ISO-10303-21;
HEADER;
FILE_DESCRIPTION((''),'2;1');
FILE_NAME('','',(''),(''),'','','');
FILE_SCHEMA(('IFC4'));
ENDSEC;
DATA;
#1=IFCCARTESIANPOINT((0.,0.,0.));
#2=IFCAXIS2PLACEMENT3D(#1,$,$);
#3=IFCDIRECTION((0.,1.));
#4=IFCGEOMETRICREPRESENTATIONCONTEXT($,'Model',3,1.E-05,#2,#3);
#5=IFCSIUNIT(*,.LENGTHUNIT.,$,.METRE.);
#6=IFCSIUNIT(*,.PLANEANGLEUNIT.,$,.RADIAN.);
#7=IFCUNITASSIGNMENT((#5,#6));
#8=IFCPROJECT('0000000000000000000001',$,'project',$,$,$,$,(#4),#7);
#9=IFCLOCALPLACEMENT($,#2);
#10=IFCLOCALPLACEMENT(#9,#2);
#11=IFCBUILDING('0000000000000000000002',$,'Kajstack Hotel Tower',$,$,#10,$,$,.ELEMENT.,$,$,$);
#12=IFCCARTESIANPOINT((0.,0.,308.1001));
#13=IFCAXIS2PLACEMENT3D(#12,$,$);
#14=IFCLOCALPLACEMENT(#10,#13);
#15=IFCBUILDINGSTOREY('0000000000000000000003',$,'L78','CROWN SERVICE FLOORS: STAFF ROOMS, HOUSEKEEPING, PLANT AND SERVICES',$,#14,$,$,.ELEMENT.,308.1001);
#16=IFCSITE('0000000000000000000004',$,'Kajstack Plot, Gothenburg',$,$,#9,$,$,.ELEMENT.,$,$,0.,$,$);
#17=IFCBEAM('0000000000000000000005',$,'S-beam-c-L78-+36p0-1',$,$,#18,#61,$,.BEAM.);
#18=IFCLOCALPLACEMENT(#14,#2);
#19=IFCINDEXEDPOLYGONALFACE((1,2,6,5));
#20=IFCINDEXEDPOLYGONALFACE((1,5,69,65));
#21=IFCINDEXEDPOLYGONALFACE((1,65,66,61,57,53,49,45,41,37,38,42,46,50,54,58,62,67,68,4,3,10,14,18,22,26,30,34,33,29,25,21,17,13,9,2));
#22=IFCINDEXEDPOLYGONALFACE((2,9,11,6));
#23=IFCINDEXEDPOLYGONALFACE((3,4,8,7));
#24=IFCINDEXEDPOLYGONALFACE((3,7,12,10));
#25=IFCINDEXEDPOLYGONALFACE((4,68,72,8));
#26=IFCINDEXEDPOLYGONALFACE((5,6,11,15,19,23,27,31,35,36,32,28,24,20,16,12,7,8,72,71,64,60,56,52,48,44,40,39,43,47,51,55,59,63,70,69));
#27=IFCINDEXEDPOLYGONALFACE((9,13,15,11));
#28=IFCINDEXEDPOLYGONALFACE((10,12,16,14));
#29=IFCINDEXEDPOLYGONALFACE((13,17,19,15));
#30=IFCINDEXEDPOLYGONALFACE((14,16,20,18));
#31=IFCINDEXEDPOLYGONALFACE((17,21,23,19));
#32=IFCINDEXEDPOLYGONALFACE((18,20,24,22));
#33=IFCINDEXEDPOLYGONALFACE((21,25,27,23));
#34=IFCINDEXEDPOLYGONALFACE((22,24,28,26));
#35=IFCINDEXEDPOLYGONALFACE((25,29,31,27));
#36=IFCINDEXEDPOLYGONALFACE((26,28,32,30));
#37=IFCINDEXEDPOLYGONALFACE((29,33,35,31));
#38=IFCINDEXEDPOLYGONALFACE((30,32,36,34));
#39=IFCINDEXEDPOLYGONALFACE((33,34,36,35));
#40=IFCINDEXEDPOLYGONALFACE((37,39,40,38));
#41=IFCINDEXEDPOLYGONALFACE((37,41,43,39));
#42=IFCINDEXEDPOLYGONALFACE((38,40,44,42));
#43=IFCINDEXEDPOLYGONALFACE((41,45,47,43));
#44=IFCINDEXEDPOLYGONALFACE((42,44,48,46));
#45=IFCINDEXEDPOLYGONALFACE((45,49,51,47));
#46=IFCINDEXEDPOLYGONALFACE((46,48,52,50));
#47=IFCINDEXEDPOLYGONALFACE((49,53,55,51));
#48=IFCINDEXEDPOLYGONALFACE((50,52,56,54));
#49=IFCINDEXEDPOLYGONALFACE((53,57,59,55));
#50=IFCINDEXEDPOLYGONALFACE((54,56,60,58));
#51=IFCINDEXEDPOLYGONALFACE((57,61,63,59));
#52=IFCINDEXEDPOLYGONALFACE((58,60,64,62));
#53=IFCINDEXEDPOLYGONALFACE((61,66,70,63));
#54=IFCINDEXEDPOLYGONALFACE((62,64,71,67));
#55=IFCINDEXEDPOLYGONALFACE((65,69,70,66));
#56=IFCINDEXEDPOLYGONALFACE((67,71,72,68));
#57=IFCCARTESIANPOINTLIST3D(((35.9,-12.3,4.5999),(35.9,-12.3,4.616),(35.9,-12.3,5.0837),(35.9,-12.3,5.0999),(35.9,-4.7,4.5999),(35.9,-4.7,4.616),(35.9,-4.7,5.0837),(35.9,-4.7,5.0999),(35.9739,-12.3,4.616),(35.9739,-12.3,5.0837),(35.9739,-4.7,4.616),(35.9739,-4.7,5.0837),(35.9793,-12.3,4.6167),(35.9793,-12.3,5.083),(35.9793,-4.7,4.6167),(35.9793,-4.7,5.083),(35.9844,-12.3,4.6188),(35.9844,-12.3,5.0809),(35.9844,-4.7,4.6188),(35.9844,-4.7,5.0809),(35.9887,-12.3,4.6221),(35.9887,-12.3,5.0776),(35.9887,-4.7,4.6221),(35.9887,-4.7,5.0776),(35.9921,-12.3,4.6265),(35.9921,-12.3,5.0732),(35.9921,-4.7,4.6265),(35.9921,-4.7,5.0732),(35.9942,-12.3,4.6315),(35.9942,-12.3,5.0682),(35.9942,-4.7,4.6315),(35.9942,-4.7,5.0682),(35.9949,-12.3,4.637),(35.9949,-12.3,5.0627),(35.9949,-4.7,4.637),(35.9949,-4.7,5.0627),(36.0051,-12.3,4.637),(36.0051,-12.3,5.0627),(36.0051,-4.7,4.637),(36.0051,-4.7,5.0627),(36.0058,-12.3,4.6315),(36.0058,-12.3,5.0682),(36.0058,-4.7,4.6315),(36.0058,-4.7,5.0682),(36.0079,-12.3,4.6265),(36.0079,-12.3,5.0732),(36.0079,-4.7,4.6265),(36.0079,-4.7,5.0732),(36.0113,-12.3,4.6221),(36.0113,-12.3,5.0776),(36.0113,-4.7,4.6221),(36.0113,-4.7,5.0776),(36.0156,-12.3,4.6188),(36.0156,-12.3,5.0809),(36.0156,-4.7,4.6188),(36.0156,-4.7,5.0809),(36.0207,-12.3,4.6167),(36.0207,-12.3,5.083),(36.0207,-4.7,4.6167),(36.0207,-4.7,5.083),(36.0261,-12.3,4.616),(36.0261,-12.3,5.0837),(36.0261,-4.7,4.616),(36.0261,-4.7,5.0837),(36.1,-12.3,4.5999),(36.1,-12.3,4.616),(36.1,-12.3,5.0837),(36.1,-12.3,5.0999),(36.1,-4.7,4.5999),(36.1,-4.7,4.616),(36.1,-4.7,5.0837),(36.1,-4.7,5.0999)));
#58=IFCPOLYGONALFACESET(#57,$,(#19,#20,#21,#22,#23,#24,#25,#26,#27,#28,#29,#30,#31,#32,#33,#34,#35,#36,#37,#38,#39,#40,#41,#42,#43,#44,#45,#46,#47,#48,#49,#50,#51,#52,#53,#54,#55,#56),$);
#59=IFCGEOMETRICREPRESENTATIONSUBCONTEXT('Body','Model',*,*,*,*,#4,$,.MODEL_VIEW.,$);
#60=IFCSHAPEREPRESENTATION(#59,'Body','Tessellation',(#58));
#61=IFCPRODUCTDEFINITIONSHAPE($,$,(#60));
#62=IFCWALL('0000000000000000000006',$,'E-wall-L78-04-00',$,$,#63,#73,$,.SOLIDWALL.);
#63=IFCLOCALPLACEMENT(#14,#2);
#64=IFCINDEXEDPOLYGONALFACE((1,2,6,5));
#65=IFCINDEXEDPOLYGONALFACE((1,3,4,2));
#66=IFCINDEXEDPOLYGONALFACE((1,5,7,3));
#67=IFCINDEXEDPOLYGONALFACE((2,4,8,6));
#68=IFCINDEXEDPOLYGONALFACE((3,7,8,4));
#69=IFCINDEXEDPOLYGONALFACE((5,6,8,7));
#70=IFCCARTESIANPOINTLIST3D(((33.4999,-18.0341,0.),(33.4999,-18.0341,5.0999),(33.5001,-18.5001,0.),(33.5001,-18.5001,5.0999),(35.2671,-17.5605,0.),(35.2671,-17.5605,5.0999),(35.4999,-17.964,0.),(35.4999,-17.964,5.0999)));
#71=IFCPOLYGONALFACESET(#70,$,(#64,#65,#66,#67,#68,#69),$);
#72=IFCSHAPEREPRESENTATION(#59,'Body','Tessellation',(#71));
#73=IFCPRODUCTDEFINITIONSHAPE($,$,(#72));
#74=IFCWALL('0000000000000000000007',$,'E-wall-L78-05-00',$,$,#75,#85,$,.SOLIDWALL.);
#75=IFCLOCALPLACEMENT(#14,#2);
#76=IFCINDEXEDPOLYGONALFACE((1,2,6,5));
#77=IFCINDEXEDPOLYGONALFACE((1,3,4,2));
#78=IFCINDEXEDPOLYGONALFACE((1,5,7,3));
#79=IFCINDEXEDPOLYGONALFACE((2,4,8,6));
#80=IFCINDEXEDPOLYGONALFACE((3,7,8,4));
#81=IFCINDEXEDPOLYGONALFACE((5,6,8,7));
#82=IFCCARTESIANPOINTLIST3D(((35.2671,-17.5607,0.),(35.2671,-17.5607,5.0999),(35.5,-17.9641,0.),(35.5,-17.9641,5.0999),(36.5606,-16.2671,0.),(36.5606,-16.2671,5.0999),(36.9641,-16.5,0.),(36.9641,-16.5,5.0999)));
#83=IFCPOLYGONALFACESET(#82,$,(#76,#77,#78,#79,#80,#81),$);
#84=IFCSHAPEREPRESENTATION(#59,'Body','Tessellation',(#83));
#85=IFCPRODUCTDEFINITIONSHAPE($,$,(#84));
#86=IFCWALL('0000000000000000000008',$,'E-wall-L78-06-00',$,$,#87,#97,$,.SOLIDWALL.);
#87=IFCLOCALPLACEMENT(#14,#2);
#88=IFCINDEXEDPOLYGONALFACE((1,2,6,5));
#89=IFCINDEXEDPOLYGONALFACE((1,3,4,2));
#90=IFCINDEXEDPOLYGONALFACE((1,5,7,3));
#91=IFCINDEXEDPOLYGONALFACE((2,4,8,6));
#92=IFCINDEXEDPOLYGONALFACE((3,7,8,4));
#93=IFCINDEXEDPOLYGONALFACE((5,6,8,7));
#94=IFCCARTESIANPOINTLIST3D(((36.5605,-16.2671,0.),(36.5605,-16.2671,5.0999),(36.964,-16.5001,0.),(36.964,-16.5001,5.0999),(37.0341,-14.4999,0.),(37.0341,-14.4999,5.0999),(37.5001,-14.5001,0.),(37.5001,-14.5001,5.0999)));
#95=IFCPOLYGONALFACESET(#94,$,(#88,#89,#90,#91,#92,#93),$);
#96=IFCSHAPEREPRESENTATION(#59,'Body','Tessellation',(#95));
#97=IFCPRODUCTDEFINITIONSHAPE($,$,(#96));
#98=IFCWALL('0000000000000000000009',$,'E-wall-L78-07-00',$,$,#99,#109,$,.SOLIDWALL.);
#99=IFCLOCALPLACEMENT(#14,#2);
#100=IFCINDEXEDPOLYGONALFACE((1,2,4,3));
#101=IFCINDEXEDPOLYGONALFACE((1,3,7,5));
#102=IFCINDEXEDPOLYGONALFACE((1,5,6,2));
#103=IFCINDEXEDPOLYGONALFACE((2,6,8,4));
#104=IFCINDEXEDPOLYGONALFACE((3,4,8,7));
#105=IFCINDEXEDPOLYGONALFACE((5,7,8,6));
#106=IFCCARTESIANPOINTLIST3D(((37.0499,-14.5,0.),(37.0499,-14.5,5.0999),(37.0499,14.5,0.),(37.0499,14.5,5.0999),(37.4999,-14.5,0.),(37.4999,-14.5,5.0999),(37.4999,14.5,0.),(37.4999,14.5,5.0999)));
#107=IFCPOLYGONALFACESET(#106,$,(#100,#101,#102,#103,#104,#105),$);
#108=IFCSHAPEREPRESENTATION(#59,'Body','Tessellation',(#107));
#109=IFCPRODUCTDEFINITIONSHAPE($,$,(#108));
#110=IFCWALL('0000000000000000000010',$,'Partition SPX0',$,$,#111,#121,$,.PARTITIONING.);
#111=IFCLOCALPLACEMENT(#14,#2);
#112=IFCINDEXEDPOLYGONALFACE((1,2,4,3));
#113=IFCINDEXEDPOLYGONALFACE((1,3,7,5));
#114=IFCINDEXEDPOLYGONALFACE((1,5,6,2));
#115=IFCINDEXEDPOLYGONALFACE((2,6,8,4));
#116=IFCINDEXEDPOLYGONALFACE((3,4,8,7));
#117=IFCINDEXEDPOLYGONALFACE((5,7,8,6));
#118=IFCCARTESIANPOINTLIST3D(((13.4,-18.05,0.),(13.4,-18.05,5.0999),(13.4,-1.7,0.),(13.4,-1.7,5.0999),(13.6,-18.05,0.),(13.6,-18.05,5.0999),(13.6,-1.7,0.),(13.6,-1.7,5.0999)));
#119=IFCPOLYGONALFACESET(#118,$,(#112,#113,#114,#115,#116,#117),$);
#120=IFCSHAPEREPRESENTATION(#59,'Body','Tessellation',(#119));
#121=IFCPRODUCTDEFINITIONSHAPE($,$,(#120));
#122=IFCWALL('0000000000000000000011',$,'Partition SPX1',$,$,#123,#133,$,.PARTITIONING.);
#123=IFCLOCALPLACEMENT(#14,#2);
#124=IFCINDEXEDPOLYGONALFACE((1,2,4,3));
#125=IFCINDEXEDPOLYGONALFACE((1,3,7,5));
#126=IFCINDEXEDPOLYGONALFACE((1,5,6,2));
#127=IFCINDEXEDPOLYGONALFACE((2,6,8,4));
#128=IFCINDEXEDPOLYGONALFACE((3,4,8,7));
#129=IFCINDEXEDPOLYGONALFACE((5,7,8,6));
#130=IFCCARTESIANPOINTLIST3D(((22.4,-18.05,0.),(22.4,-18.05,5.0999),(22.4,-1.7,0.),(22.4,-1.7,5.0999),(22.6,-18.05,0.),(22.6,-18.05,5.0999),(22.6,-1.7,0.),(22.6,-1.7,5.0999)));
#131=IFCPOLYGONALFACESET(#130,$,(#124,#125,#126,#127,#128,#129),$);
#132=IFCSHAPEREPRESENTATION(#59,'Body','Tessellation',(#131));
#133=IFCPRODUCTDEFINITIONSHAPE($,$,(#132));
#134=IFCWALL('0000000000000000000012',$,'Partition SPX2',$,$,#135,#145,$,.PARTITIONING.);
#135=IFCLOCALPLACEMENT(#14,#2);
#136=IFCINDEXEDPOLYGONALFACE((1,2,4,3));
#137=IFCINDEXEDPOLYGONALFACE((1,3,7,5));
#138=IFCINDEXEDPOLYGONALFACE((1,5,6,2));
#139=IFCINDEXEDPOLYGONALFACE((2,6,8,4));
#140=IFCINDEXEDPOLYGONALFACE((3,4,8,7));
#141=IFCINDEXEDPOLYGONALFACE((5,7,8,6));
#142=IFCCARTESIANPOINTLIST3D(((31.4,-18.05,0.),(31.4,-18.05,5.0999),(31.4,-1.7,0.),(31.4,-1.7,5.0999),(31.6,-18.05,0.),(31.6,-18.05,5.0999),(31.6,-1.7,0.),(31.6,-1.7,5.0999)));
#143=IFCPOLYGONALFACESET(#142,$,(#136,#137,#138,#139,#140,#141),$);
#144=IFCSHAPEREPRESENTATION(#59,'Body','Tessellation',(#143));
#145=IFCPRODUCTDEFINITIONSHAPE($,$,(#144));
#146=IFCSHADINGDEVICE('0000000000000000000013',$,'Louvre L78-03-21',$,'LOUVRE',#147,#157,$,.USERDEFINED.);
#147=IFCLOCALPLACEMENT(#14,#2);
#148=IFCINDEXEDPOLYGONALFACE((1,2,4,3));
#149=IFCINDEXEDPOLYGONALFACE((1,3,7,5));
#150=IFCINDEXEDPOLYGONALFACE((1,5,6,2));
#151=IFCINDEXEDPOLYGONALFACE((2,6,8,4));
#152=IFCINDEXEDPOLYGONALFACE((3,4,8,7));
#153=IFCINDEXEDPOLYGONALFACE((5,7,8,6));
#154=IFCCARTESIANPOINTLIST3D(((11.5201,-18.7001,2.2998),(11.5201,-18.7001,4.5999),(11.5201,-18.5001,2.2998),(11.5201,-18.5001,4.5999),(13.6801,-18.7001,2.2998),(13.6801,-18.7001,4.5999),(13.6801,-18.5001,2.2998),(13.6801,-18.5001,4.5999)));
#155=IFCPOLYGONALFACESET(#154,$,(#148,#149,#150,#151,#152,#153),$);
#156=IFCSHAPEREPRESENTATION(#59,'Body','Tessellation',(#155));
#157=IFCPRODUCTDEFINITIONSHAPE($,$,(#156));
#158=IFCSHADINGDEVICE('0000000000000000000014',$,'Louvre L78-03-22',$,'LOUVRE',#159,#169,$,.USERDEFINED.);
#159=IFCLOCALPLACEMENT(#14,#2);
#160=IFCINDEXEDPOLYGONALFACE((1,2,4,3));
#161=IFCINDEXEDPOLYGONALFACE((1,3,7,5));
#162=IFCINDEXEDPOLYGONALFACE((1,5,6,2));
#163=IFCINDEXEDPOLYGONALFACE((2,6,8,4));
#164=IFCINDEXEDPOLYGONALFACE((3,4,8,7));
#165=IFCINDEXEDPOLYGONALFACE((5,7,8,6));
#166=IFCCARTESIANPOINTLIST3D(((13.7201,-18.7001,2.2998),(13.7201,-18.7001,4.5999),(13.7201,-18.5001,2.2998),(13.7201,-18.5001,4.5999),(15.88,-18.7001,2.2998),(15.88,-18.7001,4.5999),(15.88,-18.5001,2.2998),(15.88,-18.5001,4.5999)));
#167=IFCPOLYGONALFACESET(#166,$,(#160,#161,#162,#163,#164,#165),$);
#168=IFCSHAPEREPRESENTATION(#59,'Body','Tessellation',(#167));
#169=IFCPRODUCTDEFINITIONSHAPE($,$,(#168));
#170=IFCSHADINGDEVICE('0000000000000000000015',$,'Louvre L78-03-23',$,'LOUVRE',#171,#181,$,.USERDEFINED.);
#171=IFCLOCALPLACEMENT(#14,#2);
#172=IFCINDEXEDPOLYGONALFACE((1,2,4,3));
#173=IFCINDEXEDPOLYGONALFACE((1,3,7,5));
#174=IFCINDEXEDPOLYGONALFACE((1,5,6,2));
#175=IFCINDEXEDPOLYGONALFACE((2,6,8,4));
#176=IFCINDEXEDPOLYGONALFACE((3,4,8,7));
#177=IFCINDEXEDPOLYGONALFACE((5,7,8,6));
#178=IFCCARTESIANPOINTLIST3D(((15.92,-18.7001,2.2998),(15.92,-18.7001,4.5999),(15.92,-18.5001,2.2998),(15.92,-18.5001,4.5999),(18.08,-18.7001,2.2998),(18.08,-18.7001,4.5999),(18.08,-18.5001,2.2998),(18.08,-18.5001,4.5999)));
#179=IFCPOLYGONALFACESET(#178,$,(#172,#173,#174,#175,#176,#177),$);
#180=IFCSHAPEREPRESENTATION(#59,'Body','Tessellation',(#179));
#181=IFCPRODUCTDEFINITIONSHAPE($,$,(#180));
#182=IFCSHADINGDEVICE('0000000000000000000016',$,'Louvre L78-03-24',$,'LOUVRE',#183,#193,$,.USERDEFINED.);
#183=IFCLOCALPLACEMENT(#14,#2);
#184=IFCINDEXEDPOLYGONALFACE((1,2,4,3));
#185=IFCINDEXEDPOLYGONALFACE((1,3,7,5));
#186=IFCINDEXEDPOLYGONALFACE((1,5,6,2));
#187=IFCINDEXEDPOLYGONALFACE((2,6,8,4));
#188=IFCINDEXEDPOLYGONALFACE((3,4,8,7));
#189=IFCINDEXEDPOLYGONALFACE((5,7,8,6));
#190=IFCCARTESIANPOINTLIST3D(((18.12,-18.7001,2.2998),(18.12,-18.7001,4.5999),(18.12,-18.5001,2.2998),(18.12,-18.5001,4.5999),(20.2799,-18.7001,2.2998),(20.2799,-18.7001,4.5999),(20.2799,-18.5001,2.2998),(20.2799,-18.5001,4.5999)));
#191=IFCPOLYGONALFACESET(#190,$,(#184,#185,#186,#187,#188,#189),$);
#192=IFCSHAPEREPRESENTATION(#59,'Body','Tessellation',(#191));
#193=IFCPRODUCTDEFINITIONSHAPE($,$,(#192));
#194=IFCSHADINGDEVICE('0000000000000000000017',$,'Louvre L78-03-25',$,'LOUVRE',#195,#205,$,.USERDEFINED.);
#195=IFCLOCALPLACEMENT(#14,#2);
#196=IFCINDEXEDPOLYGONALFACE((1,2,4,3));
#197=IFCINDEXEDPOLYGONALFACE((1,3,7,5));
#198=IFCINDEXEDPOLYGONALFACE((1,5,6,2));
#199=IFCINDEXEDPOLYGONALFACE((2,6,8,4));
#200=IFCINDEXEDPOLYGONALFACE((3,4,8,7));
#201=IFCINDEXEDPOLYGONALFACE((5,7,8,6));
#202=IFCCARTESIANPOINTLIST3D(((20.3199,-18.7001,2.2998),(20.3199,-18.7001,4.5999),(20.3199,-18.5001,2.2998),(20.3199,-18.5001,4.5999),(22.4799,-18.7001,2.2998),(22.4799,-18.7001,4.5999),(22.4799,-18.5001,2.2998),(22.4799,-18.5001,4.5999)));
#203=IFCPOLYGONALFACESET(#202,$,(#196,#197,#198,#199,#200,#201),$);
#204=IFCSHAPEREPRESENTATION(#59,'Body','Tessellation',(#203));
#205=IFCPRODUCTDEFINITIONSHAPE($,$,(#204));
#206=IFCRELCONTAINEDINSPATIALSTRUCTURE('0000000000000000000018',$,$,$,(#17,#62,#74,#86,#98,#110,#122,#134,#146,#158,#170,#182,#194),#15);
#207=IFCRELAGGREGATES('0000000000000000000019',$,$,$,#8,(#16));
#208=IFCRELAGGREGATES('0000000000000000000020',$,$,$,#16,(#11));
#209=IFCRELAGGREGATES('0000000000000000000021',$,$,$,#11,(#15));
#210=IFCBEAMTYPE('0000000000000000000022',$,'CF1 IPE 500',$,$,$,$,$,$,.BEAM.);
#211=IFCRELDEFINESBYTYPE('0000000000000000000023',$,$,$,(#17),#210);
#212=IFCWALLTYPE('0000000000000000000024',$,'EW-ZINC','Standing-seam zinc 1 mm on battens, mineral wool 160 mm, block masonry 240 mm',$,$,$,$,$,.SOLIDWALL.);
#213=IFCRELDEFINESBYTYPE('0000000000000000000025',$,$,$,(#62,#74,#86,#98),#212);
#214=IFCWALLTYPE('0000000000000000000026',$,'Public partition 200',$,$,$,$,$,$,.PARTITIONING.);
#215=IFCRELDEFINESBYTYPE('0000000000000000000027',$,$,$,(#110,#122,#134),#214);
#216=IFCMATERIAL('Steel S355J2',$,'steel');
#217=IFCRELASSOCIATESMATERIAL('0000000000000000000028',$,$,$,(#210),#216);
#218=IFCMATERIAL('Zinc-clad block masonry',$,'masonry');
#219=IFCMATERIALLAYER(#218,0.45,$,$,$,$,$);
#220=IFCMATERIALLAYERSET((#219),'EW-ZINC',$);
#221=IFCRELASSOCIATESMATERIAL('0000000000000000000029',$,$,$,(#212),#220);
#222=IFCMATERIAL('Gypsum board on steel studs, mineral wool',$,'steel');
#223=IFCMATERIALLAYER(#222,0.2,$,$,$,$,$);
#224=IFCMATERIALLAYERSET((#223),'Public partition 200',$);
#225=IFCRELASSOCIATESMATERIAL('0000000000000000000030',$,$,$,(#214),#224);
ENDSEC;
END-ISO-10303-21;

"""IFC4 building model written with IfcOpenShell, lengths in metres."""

from ifc_helpers import new_model, si_unit, direction, frame, frame_2d, origin, origin_2d, place, context, subcontext, project, spatial, polyline, rectangle, i_section, outline, extrude, material, layer, layer_set, material_profile, profile_set, type_object, element, save


model = new_model("IFC4")

# Units and contexts
model_context = context("Model", 3, precision=1e-05, world=origin(), true_north=direction((0.0, 1.0)))
body_context = subcontext(model_context, "Body", "Model", "MODEL_VIEW")
ifc_project = project(units=[si_unit("LENGTHUNIT", "METRE"), si_unit("PLANEANGLEUNIT", "RADIAN")], contexts=[model_context])

# Site, building, storey
site_placement = place(None, origin())
site = spatial("IfcSite", under=ifc_project, at=site_placement, Name="Kajstack Plot, Gothenburg", CompositionType="ELEMENT", RefElevation=0.0)
building_placement = place(site_placement, origin())
building = spatial("IfcBuilding", under=site, at=building_placement, Name="Kajstack Hotel Tower", CompositionType="ELEMENT")
storey_placement = place(building_placement, frame((0.0, 0.0, 308.1001)))
storey = spatial("IfcBuildingStorey", under=building, at=storey_placement, Name="L78", Description="CROWN SERVICE FLOORS: STAFF ROOMS, HOUSEKEEPING, PLANT AND SERVICES", CompositionType="ELEMENT", Elevation=308.1001)

# Shared definitions
ifc_material_1 = material(Name="Steel S355J2", Category="steel")

# Beam
ifc_material_profile_1 = material_profile(ifc_material_1, i_section(OverallWidth=0.2, OverallDepth=0.5, WebThickness=0.0103, FlangeThickness=0.0161, FilletRadius=0.021, at=origin_2d()), Name="IPE 500")
ifc_profile_set_1 = profile_set([ifc_material_profile_1], Name="Steel S355J2")
beam_type = type_object("IfcBeamType", Name="CF1 IPE 500", PredefinedType="BEAM", material=ifc_profile_set_1)
for number, where, z_axis, x_axis, name in (
    (1, (36.0, -12.3, 4.8499), (0.0, 1.0, 0.0), (-1.0, 0.0, 0.0), "S-beam-c-L78-+36p0-1"),
):
    element("IfcBeam", number, at=place(storey_placement, frame(where, z_axis=z_axis, x_axis=x_axis)), inside=storey, type_object=beam_type, Name=name, PredefinedType="BEAM", context=body_context, shape_type="SweptSolid", body=[
        extrude(i_section(OverallWidth=0.2, OverallDepth=0.5, WebThickness=0.0103, FlangeThickness=0.0161, FilletRadius=0.021, at=origin_2d()), origin(), (0.0, 0.0, 1.0), 7.6001),
    ])

# Walls
ifc_material_2 = material(Name="Zinc-clad block masonry", Category="masonry")
ifc_layer_1 = layer(ifc_material_2, 0.45)
ifc_layer_set_1 = layer_set([ifc_layer_1], Name="EW-ZINC")
wall_type_1 = type_object("IfcWallType", Name="EW-ZINC", Description="Standing-seam zinc 1 mm on battens, mineral wool 160 mm, block masonry 240 mm", PredefinedType="SOLIDWALL", material=ifc_layer_set_1)
wall_1_placement = place(storey_placement, frame((33.4417, -18.2827, 0.0), z_axis=(0.0, 0.0, 1.0), x_axis=(0.965927, 0.258815, 0.0)))
element("IfcWall", 2, at=wall_1_placement, inside=storey, type_object=wall_type_1, Name="E-wall-L78-04-00", PredefinedType="SOLIDWALL", context=body_context, shape_type="SweptSolid", body=[
    extrude(outline(polyline([(0.0002, -0.2251), (2.0706, -0.2249), (1.9502, 0.2251), (0.1206, 0.2251), (0.0002, -0.2251)])), origin(), (0.0, 0.0, 1.0), 5.0999),
])
wall_2_placement = place(storey_placement, frame((35.3408, -17.8049, 0.0), z_axis=(0.0, 0.0, 1.0), x_axis=(0.707107, 0.707107, 0.0)))
element("IfcWall", 3, at=wall_2_placement, inside=storey, type_object=wall_type_1, Name="E-wall-L78-05-00", PredefinedType="SOLIDWALL", context=body_context, shape_type="SweptSolid", body=[
    extrude(outline(polyline([(0.0, -0.2251), (2.0706, -0.2251), (1.95, 0.2249), (0.1206, 0.2249), (0.0, -0.2251)])), origin(), (0.0, 0.0, 1.0), 5.0999),
])
wall_3_placement = place(storey_placement, frame((36.7468, -16.4417, 0.0), z_axis=(0.0, 0.0, 1.0), x_axis=(0.258815, 0.965927, 0.0)))
element("IfcWall", 4, at=wall_3_placement, inside=storey, type_object=wall_type_1, Name="E-wall-L78-06-00", PredefinedType="SOLIDWALL", context=body_context, shape_type="SweptSolid", body=[
    extrude(outline(polyline([(-0.0002, -0.2249), (2.0703, -0.2251), (1.95, 0.2251), (0.1204, 0.2251), (-0.0002, -0.2249)])), origin(), (0.0, 0.0, 1.0), 5.0999),
])
wall_4_placement = place(storey_placement, frame((37.2749, -14.5, 0.0), z_axis=(0.0, 0.0, 1.0), x_axis=(0.0, 1.0, 0.0)))
element("IfcWall", 5, at=wall_4_placement, inside=storey, type_object=wall_type_1, Name="E-wall-L78-07-00", PredefinedType="SOLIDWALL", context=body_context, shape_type="SweptSolid", body=[
    extrude(rectangle(XDim=29.0, YDim=0.45, at=frame_2d((14.5, 0.0))), origin(), (0.0, 0.0, 1.0), 5.0999),
])
ifc_material_3 = material(Name="Gypsum board on steel studs, mineral wool", Category="steel")
ifc_layer_2 = layer(ifc_material_3, 0.2)
ifc_layer_set_2 = layer_set([ifc_layer_2], Name="Public partition 200")
wall_type_2 = type_object("IfcWallType", Name="Public partition 200", PredefinedType="PARTITIONING", material=ifc_layer_set_2)
for number, where, z_axis, x_axis, name in (
    (6, (13.5, -18.05, 0.0), (0.0, 0.0, 1.0), (0.0, 1.0, 0.0), "Partition SPX0"),
    (7, (22.5, -18.05, 0.0), (0.0, 0.0, 1.0), (0.0, 1.0, 0.0), "Partition SPX1"),
    (8, (31.5, -18.05, 0.0), (0.0, 0.0, 1.0), (0.0, 1.0, 0.0), "Partition SPX2"),
):
    element("IfcWall", number, at=place(storey_placement, frame(where, z_axis=z_axis, x_axis=x_axis)), inside=storey, type_object=wall_type_2, Name=name, PredefinedType="PARTITIONING", context=body_context, shape_type="SweptSolid", body=[
        extrude(rectangle(XDim=16.3501, YDim=0.2, at=frame_2d((8.175, 0.0))), origin(), (0.0, 0.0, 1.0), 5.0999),
    ])

# Shading devices
for number, where, z_axis, x_axis, name in (
    (9, (12.6001, -18.6001, 2.2998), (0.0, 0.0, 1.0), (1.0, 0.0, 0.0), "Louvre L78-03-21"),
    (10, (14.8, -18.6001, 2.2998), (0.0, 0.0, 1.0), (1.0, 0.0, 0.0), "Louvre L78-03-22"),
    (11, (17.0, -18.6001, 2.2998), (0.0, 0.0, 1.0), (1.0, 0.0, 0.0), "Louvre L78-03-23"),
    (12, (19.2, -18.6001, 2.2998), (0.0, 0.0, 1.0), (1.0, 0.0, 0.0), "Louvre L78-03-24"),
    (13, (21.3999, -18.6001, 2.2998), (0.0, 0.0, 1.0), (1.0, 0.0, 0.0), "Louvre L78-03-25"),
):
    element("IfcShadingDevice", number, at=place(storey_placement, frame(where, z_axis=z_axis, x_axis=x_axis)), inside=storey, Name=name, ObjectType="LOUVRE", PredefinedType="USERDEFINED", context=body_context, shape_type="SweptSolid", body=[
        extrude(rectangle(XDim=2.1599, YDim=0.2, at=origin_2d()), origin(), (0.0, 0.0, 1.0), 2.3),
    ])

save(model, "model.ifc")
